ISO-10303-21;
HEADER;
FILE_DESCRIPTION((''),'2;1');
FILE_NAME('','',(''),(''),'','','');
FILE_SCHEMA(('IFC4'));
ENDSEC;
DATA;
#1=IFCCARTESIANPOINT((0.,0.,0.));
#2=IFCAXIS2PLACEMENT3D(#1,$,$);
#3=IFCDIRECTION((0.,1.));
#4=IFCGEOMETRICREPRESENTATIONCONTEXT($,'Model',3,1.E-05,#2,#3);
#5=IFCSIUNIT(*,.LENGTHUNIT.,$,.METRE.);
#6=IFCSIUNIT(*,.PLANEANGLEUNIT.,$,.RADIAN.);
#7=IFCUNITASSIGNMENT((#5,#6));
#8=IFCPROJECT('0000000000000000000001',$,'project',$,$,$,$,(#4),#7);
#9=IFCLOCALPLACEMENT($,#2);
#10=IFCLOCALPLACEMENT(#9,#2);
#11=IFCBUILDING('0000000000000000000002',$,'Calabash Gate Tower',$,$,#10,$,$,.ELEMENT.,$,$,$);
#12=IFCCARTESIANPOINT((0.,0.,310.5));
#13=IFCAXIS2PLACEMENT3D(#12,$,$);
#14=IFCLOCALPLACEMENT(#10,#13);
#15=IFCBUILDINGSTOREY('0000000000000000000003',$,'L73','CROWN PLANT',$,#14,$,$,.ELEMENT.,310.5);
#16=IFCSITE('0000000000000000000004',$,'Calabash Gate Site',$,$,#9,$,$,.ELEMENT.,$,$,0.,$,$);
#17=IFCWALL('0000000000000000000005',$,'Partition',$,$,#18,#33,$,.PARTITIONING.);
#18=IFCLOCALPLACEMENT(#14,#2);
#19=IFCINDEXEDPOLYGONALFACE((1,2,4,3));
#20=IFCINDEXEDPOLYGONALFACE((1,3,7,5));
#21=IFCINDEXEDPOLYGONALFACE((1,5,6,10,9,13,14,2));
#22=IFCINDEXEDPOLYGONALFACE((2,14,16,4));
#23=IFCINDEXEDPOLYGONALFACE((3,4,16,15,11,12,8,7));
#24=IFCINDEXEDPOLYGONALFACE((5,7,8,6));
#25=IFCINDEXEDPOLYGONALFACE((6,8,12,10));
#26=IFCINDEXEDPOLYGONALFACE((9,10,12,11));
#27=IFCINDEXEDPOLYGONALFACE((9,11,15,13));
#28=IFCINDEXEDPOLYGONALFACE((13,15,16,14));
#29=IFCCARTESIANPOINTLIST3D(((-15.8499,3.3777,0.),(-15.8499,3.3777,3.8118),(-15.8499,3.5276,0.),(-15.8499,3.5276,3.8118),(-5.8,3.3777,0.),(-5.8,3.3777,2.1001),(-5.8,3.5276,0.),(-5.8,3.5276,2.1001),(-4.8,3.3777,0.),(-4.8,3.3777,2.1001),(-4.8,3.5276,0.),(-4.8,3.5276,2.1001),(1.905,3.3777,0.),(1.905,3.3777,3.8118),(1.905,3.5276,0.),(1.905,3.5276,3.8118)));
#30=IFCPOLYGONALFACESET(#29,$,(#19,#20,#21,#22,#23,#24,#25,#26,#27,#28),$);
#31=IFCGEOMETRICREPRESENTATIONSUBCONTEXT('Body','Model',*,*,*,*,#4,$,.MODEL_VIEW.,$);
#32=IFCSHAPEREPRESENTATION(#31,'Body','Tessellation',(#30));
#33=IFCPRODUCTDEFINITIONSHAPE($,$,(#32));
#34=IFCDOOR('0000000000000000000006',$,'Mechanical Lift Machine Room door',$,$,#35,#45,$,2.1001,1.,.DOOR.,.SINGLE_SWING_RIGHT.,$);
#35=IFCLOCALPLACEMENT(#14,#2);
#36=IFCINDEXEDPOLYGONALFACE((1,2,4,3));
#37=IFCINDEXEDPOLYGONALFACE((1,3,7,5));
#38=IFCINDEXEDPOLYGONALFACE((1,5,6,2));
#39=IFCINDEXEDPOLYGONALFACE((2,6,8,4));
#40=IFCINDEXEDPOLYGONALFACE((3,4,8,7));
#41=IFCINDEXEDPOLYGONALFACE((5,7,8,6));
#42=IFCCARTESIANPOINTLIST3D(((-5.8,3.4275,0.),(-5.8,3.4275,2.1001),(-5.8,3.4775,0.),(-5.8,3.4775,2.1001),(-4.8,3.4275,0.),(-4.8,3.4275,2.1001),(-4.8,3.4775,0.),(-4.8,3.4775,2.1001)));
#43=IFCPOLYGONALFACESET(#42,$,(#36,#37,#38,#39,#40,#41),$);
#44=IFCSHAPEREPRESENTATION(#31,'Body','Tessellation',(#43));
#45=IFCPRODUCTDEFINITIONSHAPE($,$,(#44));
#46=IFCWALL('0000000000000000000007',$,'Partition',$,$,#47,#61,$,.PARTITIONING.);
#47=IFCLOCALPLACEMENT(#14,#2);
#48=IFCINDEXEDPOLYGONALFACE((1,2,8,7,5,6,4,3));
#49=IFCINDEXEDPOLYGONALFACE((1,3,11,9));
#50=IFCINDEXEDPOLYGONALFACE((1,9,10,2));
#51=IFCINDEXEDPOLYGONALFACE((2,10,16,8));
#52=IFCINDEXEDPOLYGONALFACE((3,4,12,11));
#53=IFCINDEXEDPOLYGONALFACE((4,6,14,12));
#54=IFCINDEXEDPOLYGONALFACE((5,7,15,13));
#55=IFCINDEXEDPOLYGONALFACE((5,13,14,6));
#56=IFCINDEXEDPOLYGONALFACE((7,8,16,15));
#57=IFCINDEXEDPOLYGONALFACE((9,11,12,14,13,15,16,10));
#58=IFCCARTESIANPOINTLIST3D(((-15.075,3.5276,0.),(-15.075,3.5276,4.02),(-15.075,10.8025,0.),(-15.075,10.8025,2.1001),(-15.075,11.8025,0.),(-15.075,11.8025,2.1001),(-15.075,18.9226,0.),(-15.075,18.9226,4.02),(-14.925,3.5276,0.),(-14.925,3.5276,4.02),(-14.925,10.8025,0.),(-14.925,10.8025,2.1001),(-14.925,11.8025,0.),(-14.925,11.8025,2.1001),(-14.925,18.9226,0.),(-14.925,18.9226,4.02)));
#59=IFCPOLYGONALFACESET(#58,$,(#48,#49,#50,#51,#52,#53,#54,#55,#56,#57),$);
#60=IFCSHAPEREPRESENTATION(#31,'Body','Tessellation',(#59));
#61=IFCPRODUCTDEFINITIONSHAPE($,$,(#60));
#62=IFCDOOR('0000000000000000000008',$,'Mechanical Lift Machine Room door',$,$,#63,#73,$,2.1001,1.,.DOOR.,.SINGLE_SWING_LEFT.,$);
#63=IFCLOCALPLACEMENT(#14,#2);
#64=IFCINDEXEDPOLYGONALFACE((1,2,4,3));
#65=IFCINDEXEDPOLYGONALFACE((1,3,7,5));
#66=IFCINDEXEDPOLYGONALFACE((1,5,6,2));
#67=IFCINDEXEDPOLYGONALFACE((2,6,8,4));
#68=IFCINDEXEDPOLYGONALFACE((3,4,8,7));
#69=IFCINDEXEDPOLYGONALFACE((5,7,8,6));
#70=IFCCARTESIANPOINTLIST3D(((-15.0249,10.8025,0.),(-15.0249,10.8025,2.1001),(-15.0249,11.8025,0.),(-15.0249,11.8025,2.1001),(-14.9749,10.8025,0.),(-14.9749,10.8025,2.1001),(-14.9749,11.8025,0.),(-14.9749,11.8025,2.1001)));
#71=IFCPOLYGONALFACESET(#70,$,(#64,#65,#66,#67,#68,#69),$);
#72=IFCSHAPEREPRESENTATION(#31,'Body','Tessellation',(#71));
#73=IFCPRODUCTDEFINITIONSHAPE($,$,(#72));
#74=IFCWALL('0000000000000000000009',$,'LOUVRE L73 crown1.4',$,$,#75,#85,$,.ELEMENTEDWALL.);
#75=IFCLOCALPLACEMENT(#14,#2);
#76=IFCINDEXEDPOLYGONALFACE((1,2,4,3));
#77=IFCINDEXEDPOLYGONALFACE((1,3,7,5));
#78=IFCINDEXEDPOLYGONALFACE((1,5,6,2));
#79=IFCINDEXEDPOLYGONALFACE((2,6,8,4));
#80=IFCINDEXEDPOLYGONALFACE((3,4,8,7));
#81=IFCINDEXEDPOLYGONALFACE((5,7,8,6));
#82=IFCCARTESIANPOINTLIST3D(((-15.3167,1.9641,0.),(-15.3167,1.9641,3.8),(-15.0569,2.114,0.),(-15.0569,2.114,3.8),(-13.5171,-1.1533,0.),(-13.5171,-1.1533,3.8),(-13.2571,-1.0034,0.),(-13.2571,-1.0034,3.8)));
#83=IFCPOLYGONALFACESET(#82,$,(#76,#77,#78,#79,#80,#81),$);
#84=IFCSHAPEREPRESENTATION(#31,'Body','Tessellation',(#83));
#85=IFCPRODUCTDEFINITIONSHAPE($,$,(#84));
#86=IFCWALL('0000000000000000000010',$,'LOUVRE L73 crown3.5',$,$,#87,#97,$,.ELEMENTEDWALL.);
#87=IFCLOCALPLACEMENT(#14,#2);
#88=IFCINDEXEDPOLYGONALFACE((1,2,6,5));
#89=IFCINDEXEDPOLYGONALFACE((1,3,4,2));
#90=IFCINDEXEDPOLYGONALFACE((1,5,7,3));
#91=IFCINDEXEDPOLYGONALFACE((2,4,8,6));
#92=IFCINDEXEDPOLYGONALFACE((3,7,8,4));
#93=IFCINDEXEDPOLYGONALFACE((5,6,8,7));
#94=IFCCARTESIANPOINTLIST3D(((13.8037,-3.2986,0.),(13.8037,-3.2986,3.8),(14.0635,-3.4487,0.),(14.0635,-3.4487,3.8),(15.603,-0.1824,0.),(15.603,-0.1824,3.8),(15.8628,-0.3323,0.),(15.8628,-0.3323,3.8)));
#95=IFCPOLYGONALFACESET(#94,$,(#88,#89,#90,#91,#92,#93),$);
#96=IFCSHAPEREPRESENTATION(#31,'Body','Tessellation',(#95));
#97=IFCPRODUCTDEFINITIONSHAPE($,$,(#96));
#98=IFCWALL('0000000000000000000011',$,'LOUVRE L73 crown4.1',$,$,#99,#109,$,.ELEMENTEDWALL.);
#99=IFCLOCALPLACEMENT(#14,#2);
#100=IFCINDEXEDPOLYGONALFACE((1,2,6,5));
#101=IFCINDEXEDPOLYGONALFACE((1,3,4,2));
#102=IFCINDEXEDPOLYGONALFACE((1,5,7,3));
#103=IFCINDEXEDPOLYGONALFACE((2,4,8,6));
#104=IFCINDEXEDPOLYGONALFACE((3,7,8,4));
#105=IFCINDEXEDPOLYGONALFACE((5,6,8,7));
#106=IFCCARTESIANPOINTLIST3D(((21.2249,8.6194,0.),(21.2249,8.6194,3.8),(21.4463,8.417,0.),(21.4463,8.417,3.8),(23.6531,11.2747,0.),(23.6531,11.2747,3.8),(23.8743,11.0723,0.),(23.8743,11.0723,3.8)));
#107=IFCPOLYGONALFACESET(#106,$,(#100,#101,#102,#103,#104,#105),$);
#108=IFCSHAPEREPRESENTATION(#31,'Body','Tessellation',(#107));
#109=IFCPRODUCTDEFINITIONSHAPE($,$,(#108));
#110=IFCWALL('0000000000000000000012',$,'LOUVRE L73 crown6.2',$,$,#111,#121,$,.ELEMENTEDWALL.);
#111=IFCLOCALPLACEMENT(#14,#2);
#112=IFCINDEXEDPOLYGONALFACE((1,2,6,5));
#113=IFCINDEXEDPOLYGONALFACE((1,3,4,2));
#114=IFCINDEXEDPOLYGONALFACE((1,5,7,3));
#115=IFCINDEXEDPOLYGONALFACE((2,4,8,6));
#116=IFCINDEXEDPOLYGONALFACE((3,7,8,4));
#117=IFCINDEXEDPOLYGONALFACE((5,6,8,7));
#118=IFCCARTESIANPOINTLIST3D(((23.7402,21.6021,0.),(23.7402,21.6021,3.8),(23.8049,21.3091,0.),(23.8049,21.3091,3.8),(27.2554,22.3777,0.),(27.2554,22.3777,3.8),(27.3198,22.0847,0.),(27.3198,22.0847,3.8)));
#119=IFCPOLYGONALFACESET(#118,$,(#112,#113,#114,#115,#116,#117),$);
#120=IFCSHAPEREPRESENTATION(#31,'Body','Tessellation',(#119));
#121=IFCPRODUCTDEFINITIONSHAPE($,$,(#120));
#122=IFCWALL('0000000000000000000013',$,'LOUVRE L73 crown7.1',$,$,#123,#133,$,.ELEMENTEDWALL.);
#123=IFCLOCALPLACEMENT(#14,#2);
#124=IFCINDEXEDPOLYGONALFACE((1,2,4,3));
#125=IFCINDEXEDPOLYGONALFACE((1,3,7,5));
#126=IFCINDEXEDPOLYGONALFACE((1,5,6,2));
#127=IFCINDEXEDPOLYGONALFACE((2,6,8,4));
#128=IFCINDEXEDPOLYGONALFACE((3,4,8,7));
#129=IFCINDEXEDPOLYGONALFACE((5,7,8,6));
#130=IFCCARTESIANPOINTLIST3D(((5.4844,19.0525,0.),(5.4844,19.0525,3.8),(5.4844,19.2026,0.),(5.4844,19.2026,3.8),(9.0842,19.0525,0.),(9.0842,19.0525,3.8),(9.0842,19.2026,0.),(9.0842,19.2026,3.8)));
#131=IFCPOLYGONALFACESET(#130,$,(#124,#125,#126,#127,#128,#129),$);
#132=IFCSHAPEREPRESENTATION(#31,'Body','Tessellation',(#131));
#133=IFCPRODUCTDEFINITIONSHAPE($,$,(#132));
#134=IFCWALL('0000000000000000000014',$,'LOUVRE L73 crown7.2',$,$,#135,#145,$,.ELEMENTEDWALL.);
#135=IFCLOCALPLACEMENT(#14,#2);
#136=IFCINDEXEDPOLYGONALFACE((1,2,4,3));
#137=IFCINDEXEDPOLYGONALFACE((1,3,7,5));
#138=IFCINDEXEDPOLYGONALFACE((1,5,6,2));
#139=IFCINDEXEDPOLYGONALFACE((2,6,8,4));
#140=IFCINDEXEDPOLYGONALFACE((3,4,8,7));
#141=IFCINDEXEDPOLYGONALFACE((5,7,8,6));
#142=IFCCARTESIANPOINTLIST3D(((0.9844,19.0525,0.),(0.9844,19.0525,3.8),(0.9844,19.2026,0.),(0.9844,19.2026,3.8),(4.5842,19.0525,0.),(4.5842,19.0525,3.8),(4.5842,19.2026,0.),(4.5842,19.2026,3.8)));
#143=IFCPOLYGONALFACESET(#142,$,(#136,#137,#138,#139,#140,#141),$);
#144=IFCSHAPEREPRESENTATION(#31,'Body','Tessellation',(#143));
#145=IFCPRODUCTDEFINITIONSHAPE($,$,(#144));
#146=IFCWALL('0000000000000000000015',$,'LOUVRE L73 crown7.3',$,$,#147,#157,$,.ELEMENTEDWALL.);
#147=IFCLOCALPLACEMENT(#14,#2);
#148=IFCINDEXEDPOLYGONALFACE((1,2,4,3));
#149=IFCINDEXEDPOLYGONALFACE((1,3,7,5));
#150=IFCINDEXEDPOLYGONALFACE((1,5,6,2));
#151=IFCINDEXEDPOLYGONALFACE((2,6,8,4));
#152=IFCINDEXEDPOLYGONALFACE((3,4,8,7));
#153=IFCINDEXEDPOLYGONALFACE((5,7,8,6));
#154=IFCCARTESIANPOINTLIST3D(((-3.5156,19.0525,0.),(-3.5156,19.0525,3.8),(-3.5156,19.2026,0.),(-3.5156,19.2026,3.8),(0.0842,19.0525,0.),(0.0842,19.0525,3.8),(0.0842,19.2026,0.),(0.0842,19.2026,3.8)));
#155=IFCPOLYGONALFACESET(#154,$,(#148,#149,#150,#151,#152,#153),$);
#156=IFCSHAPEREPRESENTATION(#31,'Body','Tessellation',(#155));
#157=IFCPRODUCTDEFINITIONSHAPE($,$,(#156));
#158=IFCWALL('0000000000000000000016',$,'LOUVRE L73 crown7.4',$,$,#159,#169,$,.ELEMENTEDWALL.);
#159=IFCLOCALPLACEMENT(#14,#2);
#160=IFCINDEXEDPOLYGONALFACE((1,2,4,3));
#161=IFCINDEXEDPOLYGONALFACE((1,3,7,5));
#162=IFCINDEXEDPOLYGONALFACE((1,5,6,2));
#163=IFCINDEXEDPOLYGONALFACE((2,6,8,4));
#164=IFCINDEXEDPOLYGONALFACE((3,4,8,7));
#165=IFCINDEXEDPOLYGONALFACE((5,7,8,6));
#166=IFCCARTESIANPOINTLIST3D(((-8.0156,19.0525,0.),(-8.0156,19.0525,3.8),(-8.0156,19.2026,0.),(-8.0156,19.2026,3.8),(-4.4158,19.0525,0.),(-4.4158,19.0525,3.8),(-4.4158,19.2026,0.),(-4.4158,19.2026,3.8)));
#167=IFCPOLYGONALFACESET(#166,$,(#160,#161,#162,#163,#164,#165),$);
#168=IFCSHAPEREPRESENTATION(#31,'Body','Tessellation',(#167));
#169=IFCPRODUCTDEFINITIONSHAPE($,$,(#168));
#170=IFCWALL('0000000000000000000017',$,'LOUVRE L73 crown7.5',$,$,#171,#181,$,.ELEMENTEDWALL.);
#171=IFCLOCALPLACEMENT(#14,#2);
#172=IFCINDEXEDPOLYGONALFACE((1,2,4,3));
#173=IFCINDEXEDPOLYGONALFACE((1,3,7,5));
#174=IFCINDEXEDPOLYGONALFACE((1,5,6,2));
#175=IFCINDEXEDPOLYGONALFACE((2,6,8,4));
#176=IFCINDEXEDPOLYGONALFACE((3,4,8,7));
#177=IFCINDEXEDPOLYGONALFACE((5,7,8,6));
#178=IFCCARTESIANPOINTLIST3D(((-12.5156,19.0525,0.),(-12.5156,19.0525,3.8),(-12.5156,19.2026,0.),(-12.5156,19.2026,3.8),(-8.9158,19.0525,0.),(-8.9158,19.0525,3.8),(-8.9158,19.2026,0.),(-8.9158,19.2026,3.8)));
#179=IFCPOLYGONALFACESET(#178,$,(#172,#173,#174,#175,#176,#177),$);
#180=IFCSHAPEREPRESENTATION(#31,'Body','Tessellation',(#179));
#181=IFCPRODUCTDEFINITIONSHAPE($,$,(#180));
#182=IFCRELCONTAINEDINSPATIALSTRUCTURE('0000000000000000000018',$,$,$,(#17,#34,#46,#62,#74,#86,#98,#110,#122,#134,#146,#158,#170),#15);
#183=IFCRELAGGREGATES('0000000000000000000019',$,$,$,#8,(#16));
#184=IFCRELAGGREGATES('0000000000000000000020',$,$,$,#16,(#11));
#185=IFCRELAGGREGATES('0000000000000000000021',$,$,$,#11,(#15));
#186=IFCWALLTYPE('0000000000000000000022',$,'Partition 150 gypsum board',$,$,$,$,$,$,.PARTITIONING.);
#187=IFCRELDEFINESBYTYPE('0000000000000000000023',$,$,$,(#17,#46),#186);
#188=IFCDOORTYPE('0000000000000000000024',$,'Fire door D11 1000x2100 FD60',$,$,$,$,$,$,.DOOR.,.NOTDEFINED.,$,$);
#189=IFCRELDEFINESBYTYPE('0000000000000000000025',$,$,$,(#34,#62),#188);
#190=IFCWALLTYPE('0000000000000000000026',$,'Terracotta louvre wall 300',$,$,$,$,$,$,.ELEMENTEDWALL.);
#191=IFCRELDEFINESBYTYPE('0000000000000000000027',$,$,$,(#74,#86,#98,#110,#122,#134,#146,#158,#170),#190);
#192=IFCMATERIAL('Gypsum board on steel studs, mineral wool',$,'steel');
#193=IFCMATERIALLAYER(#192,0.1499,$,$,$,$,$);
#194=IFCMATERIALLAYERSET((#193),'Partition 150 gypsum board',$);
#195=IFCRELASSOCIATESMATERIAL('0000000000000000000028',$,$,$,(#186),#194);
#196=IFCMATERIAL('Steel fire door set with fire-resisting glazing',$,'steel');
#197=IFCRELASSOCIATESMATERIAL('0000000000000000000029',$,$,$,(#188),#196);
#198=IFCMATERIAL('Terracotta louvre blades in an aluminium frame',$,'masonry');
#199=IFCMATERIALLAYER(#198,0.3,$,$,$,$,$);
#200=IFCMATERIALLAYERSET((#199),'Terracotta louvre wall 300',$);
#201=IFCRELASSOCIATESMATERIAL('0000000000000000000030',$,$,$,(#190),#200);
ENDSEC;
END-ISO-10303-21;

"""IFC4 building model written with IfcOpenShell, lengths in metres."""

from ifc_helpers import new_model, si_unit, direction, frame, frame_2d, origin, place, context, subcontext, project, spatial, polyline, rectangle, outline, extrude, material, layer, layer_set, type_object, element, fill, save


model = new_model("IFC4")

# Units and contexts
model_context = context("Model", 3, precision=1e-05, world=origin(), true_north=direction((0.0, 1.0)))
body_context = subcontext(model_context, "Body", "Model", "MODEL_VIEW")
ifc_project = project(units=[si_unit("LENGTHUNIT", "METRE"), si_unit("PLANEANGLEUNIT", "RADIAN")], contexts=[model_context])

# Site, building, storey
site_placement = place(None, origin())
site = spatial("IfcSite", under=ifc_project, at=site_placement, Name="Calabash Gate Site", CompositionType="ELEMENT", RefElevation=0.0)
building_placement = place(site_placement, origin())
building = spatial("IfcBuilding", under=site, at=building_placement, Name="Calabash Gate Tower", CompositionType="ELEMENT")
storey_placement = place(building_placement, frame((0.0, 0.0, 310.5)))
storey = spatial("IfcBuildingStorey", under=building, at=storey_placement, Name="L73", Description="CROWN PLANT", CompositionType="ELEMENT", Elevation=310.5)

# Walls, openings, doors
ifc_material_1 = material(Name="Gypsum board on steel studs, mineral wool", Category="steel")
ifc_layer_1 = layer(ifc_material_1, 0.1499)
ifc_layer_set_1 = layer_set([ifc_layer_1], Name="Partition 150 gypsum board")
wall_type_1 = type_object("IfcWallType", Name="Partition 150 gypsum board", PredefinedType="PARTITIONING", material=ifc_layer_set_1)
wall_1_placement = place(storey_placement, frame((-15.8499, 3.4526, 0.0), z_axis=(0.0, 0.0, 1.0), x_axis=(1.0, 0.0, 0.0)))
wall_1 = element("IfcWall", 1, at=wall_1_placement, inside=storey, type_object=wall_type_1, Name="Partition", PredefinedType="PARTITIONING", context=body_context, shape_type="SweptSolid", body=[
    extrude(rectangle(XDim=17.7549, YDim=0.1499, at=frame_2d((8.8774, 0.0))), origin(), (0.0, 0.0, 1.0), 3.8118),
])
opening_1_placement = place(wall_1_placement, frame((10.0498, 0.0, 0.0)))
opening_1 = element("IfcOpeningElement", 2, at=opening_1_placement, cuts=wall_1, PredefinedType="OPENING", context=body_context, shape_type="SweptSolid", body=[
    extrude(rectangle(XDim=1.0, YDim=2.1001, at=frame_2d((0.5, 1.05))), frame((0.0, 0.085, 0.0), z_axis=(0.0, -1.0, 0.0), x_axis=(1.0, 0.0, 0.0)), (0.0, 0.0, 1.0), 0.1699),
])
ifc_material_2 = material(Name="Steel fire door set with fire-resisting glazing", Category="steel")
door_type = type_object("IfcDoorType", Name="Fire door D11 1000x2100 FD60", OperationType="NOTDEFINED", PredefinedType="DOOR", material=ifc_material_2)
door_1_placement = place(opening_1_placement, origin())
door_1 = element("IfcDoor", 3, at=door_1_placement, inside=storey, type_object=door_type, Name="Mechanical Lift Machine Room door", OperationType="SINGLE_SWING_RIGHT", OverallHeight=2.1001, OverallWidth=1.0, PredefinedType="DOOR", context=body_context, shape_type="SweptSolid", body=[
    extrude(rectangle(XDim=1.0, YDim=2.1001, at=frame_2d((0.5, 1.05))), frame((0.0, 0.0249, 0.0), z_axis=(0.0, -1.0, 0.0), x_axis=(1.0, 0.0, 0.0)), (0.0, 0.0, 1.0), 0.05),
])
fill(opening_1, door_1)
wall_2_placement = place(storey_placement, frame((-15.0, 3.5276, 0.0), z_axis=(0.0, 0.0, 1.0), x_axis=(0.0, 1.0, 0.0)))
wall_2 = element("IfcWall", 4, at=wall_2_placement, inside=storey, type_object=wall_type_1, Name="Partition", PredefinedType="PARTITIONING", context=body_context, shape_type="SweptSolid", body=[
    extrude(rectangle(XDim=15.395, YDim=0.1499, at=frame_2d((7.6975, 0.0))), origin(), (0.0, 0.0, 1.0), 4.02),
])
opening_2_placement = place(wall_2_placement, frame((7.2749, 0.0, 0.0)))
opening_2 = element("IfcOpeningElement", 5, at=opening_2_placement, cuts=wall_2, PredefinedType="OPENING", context=body_context, shape_type="SweptSolid", body=[
    extrude(rectangle(XDim=1.0, YDim=2.1001, at=frame_2d((0.5, 1.05))), frame((0.0, 0.085, 0.0), z_axis=(0.0, -1.0, 0.0), x_axis=(1.0, 0.0, 0.0)), (0.0, 0.0, 1.0), 0.1699),
])
door_2_placement = place(opening_2_placement, origin())
door_2 = element("IfcDoor", 6, at=door_2_placement, inside=storey, type_object=door_type, Name="Mechanical Lift Machine Room door", OperationType="SINGLE_SWING_LEFT", OverallHeight=2.1001, OverallWidth=1.0, PredefinedType="DOOR", context=body_context, shape_type="SweptSolid", body=[
    extrude(rectangle(XDim=1.0, YDim=2.1001, at=frame_2d((0.5, 1.05))), frame((0.0, 0.0249, 0.0), z_axis=(0.0, -1.0, 0.0), x_axis=(1.0, 0.0, 0.0)), (0.0, 0.0, 1.0), 0.05),
])
fill(opening_2, door_2)

# Walls
ifc_material_3 = material(Name="Terracotta louvre blades in an aluminium frame", Category="masonry")
ifc_layer_2 = layer(ifc_material_3, 0.3)
ifc_layer_set_2 = layer_set([ifc_layer_2], Name="Terracotta louvre wall 300")
wall_type_2 = type_object("IfcWallType", Name="Terracotta louvre wall 300", PredefinedType="ELEMENTEDWALL", material=ifc_layer_set_2)
wall_3_placement = place(storey_placement, origin())
element("IfcWall", 7, at=wall_3_placement, inside=storey, type_object=wall_type_2, Name="LOUVRE L73 crown1.4", PredefinedType="ELEMENTEDWALL", context=body_context, shape_type="SweptSolid", body=[
    extrude(outline(polyline([(-15.3167, 1.9641), (-13.5171, -1.1533), (-13.2571, -1.0034), (-15.0569, 2.114), (-15.3167, 1.9641)])), origin(), (0.0, 0.0, 1.0), 3.8),
])
wall_4_placement = place(storey_placement, origin())
element("IfcWall", 8, at=wall_4_placement, inside=storey, type_object=wall_type_2, Name="LOUVRE L73 crown3.5", PredefinedType="ELEMENTEDWALL", context=body_context, shape_type="SweptSolid", body=[
    extrude(outline(polyline([(15.603, -0.1824), (13.8037, -3.2986), (14.0635, -3.4487), (15.8628, -0.3323), (15.603, -0.1824)])), origin(), (0.0, 0.0, 1.0), 3.8),
])
wall_5_placement = place(storey_placement, origin())
element("IfcWall", 9, at=wall_5_placement, inside=storey, type_object=wall_type_2, Name="LOUVRE L73 crown4.1", PredefinedType="ELEMENTEDWALL", context=body_context, shape_type="SweptSolid", body=[
    extrude(outline(polyline([(23.6531, 11.2747), (21.2249, 8.6194), (21.4463, 8.417), (23.8743, 11.0723), (23.6531, 11.2747)])), origin(), (0.0, 0.0, 1.0), 3.8),
])
wall_6_placement = place(storey_placement, origin())
element("IfcWall", 10, at=wall_6_placement, inside=storey, type_object=wall_type_2, Name="LOUVRE L73 crown6.2", PredefinedType="ELEMENTEDWALL", context=body_context, shape_type="SweptSolid", body=[
    extrude(outline(polyline([(27.2554, 22.3777), (23.7402, 21.6021), (23.8049, 21.3091), (27.3198, 22.0847), (27.2554, 22.3777)])), origin(), (0.0, 0.0, 1.0), 3.8),
])
wall_7_placement = place(storey_placement, origin())
element("IfcWall", 11, at=wall_7_placement, inside=storey, type_object=wall_type_2, Name="LOUVRE L73 crown7.1", PredefinedType="ELEMENTEDWALL", context=body_context, shape_type="SweptSolid", body=[
    extrude(outline(polyline([(9.0842, 19.2026), (5.4844, 19.2026), (5.4844, 19.0525), (9.0842, 19.0525), (9.0842, 19.2026)])), origin(), (0.0, 0.0, 1.0), 3.8),
])
wall_8_placement = place(storey_placement, origin())
element("IfcWall", 12, at=wall_8_placement, inside=storey, type_object=wall_type_2, Name="LOUVRE L73 crown7.2", PredefinedType="ELEMENTEDWALL", context=body_context, shape_type="SweptSolid", body=[
    extrude(outline(polyline([(4.5842, 19.2026), (0.9844, 19.2026), (0.9844, 19.0525), (4.5842, 19.0525), (4.5842, 19.2026)])), origin(), (0.0, 0.0, 1.0), 3.8),
])
wall_9_placement = place(storey_placement, origin())
element("IfcWall", 13, at=wall_9_placement, inside=storey, type_object=wall_type_2, Name="LOUVRE L73 crown7.3", PredefinedType="ELEMENTEDWALL", context=body_context, shape_type="SweptSolid", body=[
    extrude(outline(polyline([(0.0842, 19.2026), (-3.5156, 19.2026), (-3.5156, 19.0525), (0.0842, 19.0525), (0.0842, 19.2026)])), origin(), (0.0, 0.0, 1.0), 3.8),
])
wall_10_placement = place(storey_placement, origin())
element("IfcWall", 14, at=wall_10_placement, inside=storey, type_object=wall_type_2, Name="LOUVRE L73 crown7.4", PredefinedType="ELEMENTEDWALL", context=body_context, shape_type="SweptSolid", body=[
    extrude(outline(polyline([(-4.4158, 19.2026), (-8.0156, 19.2026), (-8.0156, 19.0525), (-4.4158, 19.0525), (-4.4158, 19.2026)])), origin(), (0.0, 0.0, 1.0), 3.8),
])
wall_11_placement = place(storey_placement, origin())
element("IfcWall", 15, at=wall_11_placement, inside=storey, type_object=wall_type_2, Name="LOUVRE L73 crown7.5", PredefinedType="ELEMENTEDWALL", context=body_context, shape_type="SweptSolid", body=[
    extrude(outline(polyline([(-8.9158, 19.2026), (-12.5156, 19.2026), (-12.5156, 19.0525), (-8.9158, 19.0525), (-8.9158, 19.2026)])), origin(), (0.0, 0.0, 1.0), 3.8),
])

save(model, "model.ifc")
